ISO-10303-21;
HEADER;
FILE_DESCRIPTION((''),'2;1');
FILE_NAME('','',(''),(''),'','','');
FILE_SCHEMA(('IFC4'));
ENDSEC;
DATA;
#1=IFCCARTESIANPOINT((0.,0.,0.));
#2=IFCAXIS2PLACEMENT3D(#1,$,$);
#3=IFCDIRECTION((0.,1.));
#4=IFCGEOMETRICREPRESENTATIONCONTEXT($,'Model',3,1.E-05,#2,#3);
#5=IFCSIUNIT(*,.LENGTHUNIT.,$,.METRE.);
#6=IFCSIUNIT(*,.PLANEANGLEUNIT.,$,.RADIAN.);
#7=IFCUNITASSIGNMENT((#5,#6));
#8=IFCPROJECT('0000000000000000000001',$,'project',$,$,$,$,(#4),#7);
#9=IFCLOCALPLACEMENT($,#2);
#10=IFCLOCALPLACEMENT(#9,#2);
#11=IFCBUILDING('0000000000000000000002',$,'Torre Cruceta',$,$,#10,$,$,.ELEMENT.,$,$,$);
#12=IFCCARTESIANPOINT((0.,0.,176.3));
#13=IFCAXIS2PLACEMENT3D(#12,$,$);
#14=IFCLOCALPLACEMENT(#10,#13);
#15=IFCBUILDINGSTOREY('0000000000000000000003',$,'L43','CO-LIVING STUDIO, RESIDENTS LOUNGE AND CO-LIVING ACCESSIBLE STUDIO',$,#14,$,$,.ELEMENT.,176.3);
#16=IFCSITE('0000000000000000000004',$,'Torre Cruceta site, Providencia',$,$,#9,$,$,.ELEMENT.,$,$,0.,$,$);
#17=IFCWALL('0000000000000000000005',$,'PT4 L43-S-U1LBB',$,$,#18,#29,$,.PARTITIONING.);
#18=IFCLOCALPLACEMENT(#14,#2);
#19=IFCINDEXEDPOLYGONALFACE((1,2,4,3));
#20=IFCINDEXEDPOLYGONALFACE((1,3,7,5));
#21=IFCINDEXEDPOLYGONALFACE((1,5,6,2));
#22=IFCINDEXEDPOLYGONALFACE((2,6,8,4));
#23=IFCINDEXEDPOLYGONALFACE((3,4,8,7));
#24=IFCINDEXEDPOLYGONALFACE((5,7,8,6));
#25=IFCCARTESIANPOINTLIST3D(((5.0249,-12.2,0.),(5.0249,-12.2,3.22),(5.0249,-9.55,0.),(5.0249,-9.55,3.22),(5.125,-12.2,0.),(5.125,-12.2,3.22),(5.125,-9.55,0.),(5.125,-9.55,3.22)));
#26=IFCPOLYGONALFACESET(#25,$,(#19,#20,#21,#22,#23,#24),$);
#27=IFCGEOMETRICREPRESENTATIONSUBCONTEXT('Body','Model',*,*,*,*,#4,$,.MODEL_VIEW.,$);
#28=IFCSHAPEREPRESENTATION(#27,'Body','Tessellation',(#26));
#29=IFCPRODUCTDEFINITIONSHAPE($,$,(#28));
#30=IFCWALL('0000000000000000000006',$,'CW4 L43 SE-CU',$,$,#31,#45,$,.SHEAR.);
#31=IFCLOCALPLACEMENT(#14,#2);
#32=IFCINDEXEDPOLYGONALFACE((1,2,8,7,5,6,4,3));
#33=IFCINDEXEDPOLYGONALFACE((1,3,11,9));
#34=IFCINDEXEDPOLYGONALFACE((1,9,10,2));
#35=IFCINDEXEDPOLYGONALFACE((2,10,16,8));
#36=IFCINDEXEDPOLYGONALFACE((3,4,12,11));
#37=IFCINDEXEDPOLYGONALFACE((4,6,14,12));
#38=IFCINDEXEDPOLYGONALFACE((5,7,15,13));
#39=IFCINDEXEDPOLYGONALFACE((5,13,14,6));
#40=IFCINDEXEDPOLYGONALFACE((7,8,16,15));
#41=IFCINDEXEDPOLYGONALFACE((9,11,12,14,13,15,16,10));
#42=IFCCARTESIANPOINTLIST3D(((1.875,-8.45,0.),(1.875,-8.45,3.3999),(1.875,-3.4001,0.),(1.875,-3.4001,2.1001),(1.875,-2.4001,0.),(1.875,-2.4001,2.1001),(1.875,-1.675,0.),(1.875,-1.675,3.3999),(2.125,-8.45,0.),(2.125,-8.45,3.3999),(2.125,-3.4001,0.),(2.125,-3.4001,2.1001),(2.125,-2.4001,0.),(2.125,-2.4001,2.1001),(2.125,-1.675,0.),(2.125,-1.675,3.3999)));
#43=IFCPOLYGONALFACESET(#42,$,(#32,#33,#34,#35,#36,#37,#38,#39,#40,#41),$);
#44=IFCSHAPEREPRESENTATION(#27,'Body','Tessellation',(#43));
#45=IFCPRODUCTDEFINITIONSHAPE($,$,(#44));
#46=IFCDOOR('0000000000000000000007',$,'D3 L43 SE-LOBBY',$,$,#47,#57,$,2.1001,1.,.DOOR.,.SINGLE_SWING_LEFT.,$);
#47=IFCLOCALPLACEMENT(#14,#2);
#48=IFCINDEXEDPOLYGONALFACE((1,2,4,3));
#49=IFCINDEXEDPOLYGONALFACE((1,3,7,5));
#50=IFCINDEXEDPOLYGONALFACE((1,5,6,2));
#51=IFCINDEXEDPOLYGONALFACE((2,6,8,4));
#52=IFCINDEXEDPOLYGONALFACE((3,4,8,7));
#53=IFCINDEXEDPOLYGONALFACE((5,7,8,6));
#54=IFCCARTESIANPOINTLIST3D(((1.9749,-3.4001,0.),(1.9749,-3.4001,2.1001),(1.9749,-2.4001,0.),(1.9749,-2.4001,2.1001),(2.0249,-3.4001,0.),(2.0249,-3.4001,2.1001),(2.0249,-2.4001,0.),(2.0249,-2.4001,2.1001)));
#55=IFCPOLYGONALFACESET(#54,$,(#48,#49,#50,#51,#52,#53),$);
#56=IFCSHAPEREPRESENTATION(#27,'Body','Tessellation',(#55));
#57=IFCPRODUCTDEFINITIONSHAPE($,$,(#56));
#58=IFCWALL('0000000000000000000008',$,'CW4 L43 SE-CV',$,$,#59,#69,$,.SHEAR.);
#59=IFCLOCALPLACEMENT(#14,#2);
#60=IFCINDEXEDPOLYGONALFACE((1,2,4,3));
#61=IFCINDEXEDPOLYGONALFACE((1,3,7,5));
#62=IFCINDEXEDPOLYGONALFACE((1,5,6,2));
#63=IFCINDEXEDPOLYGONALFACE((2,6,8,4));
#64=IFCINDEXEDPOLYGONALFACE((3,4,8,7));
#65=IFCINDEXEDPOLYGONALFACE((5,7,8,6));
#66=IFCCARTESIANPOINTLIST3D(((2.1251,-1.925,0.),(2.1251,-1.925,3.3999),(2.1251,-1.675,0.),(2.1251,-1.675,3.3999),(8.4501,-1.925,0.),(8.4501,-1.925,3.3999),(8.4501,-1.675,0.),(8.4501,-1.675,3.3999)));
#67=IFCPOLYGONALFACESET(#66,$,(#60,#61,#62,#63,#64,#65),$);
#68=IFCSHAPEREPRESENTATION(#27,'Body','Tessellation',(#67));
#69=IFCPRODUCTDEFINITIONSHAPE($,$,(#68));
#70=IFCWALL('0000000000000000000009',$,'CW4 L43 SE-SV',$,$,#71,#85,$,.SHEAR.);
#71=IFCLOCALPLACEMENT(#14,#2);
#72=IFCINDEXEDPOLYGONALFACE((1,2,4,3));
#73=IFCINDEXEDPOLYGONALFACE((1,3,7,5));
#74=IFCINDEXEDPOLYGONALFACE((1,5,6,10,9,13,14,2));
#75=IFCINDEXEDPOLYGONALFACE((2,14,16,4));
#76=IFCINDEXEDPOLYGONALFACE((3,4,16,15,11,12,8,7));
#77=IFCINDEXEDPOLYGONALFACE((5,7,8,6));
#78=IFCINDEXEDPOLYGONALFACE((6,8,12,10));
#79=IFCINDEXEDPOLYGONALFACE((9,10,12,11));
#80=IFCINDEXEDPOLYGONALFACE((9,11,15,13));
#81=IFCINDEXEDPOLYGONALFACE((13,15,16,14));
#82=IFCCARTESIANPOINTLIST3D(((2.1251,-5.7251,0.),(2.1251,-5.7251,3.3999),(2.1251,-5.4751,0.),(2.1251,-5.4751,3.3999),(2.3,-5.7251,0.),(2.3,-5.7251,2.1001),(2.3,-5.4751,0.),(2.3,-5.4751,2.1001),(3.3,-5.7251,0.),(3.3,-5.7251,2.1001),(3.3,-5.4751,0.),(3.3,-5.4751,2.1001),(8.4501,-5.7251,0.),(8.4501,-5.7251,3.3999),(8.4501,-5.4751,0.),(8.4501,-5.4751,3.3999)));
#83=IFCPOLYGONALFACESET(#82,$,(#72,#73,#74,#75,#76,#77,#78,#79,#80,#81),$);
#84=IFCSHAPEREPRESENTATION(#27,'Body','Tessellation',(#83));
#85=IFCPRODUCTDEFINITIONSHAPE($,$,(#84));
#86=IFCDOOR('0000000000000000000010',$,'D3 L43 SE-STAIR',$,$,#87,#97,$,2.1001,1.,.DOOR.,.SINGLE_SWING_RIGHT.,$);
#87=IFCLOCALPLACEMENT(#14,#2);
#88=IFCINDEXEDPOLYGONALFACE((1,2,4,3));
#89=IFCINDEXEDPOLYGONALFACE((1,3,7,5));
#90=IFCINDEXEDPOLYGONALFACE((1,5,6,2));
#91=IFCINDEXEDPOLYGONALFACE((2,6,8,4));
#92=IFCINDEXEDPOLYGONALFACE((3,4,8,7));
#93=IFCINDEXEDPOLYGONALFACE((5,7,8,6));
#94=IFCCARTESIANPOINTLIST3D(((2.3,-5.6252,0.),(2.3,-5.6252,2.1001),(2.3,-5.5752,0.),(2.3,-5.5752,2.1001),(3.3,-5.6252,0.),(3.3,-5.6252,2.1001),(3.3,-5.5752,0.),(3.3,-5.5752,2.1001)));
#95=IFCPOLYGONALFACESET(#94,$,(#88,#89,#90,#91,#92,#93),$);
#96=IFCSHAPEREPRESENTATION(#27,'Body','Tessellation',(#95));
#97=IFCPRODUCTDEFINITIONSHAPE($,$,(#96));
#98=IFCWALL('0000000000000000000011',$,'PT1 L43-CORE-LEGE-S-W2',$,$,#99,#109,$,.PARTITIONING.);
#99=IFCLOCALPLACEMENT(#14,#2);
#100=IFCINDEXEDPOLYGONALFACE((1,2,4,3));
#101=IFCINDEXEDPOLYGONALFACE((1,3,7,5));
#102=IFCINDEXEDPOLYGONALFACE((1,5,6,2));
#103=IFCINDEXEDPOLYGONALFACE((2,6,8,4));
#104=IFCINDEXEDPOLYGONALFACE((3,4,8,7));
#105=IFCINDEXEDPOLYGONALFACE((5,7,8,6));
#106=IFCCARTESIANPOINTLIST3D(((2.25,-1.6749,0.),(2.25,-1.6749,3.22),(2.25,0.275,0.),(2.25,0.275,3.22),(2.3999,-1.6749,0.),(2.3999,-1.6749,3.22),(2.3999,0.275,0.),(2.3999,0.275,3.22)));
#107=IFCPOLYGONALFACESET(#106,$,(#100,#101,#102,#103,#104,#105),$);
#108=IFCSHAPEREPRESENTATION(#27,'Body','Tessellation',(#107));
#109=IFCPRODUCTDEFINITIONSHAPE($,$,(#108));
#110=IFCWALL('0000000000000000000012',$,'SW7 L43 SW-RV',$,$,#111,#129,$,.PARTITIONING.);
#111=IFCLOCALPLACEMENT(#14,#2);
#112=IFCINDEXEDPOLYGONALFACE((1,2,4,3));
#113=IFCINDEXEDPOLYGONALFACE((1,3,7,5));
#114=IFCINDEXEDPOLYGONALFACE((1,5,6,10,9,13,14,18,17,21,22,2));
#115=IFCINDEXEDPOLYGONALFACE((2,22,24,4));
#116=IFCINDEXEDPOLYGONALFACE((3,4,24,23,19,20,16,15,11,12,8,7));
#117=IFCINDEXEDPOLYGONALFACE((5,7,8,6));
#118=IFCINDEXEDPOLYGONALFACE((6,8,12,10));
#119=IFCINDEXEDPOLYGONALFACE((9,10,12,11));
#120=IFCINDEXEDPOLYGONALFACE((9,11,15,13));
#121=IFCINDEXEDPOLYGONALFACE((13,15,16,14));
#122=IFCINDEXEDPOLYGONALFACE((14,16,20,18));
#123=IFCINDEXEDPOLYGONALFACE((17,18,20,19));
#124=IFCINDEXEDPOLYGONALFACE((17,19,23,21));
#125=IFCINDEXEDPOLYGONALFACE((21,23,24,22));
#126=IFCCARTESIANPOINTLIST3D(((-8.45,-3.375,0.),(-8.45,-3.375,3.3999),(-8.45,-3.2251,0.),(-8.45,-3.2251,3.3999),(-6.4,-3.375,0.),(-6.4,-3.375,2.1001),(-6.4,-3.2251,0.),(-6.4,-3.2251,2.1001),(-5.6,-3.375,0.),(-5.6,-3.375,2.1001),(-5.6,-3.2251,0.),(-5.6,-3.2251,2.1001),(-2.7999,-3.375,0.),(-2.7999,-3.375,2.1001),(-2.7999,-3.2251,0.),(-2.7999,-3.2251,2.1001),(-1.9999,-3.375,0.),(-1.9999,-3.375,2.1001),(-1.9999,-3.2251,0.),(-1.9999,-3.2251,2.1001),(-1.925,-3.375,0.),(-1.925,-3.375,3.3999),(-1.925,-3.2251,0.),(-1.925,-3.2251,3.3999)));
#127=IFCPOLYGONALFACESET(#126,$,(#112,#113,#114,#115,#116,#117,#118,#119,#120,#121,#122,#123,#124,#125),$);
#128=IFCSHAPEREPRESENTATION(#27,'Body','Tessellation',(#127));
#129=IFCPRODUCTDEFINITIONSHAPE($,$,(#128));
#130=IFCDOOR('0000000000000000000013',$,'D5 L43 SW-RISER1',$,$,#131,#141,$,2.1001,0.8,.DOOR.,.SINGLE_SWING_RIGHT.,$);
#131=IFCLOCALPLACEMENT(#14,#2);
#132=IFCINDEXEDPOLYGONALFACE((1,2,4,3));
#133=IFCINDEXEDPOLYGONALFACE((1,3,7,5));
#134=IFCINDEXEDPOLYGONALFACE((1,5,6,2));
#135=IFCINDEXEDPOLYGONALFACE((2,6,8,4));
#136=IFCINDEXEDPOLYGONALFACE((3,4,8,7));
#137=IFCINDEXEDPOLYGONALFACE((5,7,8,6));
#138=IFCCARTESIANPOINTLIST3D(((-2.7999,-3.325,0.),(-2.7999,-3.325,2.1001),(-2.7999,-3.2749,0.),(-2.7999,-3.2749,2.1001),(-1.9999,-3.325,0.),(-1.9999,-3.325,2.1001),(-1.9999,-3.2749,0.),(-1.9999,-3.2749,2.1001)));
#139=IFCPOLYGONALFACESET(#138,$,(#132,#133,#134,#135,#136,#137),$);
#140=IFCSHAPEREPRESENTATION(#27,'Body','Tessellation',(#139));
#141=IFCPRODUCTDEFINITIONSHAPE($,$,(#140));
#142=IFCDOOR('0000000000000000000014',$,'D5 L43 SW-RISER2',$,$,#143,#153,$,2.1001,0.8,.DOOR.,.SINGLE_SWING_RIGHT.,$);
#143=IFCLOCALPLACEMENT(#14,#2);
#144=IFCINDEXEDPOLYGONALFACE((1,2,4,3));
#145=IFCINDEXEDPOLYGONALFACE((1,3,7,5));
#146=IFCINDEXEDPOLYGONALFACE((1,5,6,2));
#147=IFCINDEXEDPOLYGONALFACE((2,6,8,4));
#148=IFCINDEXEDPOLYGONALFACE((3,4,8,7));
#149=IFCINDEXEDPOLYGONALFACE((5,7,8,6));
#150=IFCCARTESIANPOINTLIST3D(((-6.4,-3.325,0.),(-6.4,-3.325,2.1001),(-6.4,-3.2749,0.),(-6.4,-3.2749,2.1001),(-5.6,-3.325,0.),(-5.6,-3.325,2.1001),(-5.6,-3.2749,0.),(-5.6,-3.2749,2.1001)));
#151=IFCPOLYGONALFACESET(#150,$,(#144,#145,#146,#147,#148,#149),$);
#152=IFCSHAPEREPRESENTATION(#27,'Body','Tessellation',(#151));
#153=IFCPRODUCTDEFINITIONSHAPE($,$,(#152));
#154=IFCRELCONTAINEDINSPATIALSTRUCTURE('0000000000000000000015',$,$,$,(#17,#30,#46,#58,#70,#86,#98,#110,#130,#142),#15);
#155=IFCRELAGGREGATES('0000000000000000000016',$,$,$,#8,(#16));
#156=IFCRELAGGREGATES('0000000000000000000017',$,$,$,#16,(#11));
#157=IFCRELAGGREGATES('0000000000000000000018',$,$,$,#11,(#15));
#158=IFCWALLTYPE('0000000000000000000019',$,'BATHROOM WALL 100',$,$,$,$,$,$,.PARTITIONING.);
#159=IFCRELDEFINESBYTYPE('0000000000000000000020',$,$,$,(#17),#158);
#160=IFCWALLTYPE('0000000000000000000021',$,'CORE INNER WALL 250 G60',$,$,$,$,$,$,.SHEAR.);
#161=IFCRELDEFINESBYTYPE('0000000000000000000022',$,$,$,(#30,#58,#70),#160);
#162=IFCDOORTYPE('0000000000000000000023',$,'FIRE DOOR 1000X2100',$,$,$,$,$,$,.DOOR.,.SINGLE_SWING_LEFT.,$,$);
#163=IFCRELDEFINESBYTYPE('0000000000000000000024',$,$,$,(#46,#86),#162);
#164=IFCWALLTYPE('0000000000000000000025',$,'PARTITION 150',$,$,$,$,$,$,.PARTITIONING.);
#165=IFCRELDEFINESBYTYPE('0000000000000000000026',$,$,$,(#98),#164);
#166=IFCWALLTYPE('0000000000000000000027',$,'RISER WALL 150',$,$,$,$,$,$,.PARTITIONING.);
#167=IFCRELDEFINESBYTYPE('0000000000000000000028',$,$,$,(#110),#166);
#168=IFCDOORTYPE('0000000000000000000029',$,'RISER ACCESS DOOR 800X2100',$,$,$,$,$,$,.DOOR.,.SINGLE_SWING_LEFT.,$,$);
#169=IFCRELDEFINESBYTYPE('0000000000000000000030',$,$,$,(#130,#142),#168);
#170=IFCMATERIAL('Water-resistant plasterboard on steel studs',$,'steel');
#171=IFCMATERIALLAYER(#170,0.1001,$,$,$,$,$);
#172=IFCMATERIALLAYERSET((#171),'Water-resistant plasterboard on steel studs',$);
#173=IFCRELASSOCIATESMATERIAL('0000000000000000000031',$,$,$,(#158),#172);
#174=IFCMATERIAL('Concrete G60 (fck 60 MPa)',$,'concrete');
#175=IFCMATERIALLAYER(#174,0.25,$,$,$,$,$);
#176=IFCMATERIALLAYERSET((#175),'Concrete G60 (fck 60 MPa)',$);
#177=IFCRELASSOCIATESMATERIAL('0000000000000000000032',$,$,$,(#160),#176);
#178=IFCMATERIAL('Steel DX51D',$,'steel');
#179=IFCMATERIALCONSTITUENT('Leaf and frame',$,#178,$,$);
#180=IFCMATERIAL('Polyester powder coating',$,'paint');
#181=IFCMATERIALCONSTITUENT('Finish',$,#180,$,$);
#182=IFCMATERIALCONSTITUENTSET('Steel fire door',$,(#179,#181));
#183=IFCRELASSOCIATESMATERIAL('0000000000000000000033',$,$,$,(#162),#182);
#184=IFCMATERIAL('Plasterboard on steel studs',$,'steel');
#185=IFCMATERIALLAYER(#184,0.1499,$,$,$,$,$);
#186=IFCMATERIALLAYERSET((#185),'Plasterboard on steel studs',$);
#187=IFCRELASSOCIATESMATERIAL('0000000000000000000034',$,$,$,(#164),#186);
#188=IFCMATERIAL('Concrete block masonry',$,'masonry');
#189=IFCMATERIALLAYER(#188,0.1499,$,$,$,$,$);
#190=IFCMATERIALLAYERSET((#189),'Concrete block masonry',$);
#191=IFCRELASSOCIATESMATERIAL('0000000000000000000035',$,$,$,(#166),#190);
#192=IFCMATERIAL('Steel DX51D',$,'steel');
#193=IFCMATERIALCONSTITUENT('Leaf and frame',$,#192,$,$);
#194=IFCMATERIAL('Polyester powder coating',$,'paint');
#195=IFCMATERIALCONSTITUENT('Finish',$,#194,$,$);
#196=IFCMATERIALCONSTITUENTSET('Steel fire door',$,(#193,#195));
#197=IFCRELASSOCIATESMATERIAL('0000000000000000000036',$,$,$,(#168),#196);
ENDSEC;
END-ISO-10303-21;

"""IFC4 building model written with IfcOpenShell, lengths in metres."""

from ifc_helpers import new_model, si_unit, direction, frame, frame_2d, origin, place, context, subcontext, project, spatial, rectangle, extrude, material, layer, layer_set, constituent, constituent_set, type_object, element, fill, save


model = new_model("IFC4")

# Units and contexts
model_context = context("Model", 3, precision=1e-05, world=origin(), true_north=direction((0.0, 1.0)))
body_context = subcontext(model_context, "Body", "Model", "MODEL_VIEW")
ifc_project = project(units=[si_unit("LENGTHUNIT", "METRE"), si_unit("PLANEANGLEUNIT", "RADIAN")], contexts=[model_context])

# Site, building, storey
site_placement = place(None, origin())
site = spatial("IfcSite", under=ifc_project, at=site_placement, Name="Torre Cruceta site, Providencia", CompositionType="ELEMENT", RefElevation=0.0)
building_placement = place(site_placement, origin())
building = spatial("IfcBuilding", under=site, at=building_placement, Name="Torre Cruceta", CompositionType="ELEMENT")
storey_placement = place(building_placement, frame((0.0, 0.0, 176.3)))
storey = spatial("IfcBuildingStorey", under=building, at=storey_placement, Name="L43", Description="CO-LIVING STUDIO, RESIDENTS LOUNGE AND CO-LIVING ACCESSIBLE STUDIO", CompositionType="ELEMENT", Elevation=176.3)

# Wall
ifc_material_1 = material(Name="Water-resistant plasterboard on steel studs", Category="steel")
ifc_layer_1 = layer(ifc_material_1, 0.1001)
ifc_layer_set_1 = layer_set([ifc_layer_1], Name="Water-resistant plasterboard on steel studs")
wall_type_1 = type_object("IfcWallType", Name="BATHROOM WALL 100", PredefinedType="PARTITIONING", material=ifc_layer_set_1)
wall_1_placement = place(storey_placement, frame((5.075, -9.55, 0.0), z_axis=(0.0, 0.0, 1.0), x_axis=(0.0, -1.0, 0.0)))
element("IfcWall", 1, at=wall_1_placement, inside=storey, type_object=wall_type_1, Name="PT4 L43-S-U1LBB", PredefinedType="PARTITIONING", context=body_context, shape_type="SweptSolid", body=[
    extrude(rectangle(XDim=2.6499, YDim=0.1001, at=frame_2d((1.325, 0.0))), origin(), (0.0, 0.0, 1.0), 3.22),
])

# Wall, opening, door
ifc_material_2 = material(Name="Concrete G60 (fck 60 MPa)", Category="concrete")
ifc_layer_2 = layer(ifc_material_2, 0.25)
ifc_layer_set_2 = layer_set([ifc_layer_2], Name="Concrete G60 (fck 60 MPa)")
wall_type_2 = type_object("IfcWallType", Name="CORE INNER WALL 250 G60", PredefinedType="SHEAR", material=ifc_layer_set_2)
wall_2_placement = place(storey_placement, frame((2.0, -1.675, 0.0), z_axis=(0.0, 0.0, 1.0), x_axis=(0.0, -1.0, 0.0)))
wall_2 = element("IfcWall", 2, at=wall_2_placement, inside=storey, type_object=wall_type_2, Name="CW4 L43 SE-CU", PredefinedType="SHEAR", context=body_context, shape_type="SweptSolid", body=[
    extrude(rectangle(XDim=6.7749, YDim=0.25, at=frame_2d((3.3875, 0.0))), origin(), (0.0, 0.0, 1.0), 3.3999),
])
opening_1_placement = place(wall_2_placement, frame((0.7251, 0.0, 0.0)))
opening_1 = element("IfcOpeningElement", 3, at=opening_1_placement, cuts=wall_2, PredefinedType="OPENING", context=body_context, shape_type="SweptSolid", body=[
    extrude(rectangle(XDim=1.0, YDim=2.1001, at=frame_2d((0.5, 1.05))), frame((0.0, 0.135, 0.0), z_axis=(0.0, -1.0, 0.0), x_axis=(1.0, 0.0, 0.0)), (0.0, 0.0, 1.0), 0.27),
])
ifc_material_3 = material(Name="Steel DX51D", Category="steel")
ifc_constituent_1 = constituent(ifc_material_3, Name="Leaf and frame")
ifc_material_4 = material(Name="Polyester powder coating", Category="paint")
ifc_constituent_2 = constituent(ifc_material_4, Name="Finish")
ifc_constituent_set_1 = constituent_set(constituents=[ifc_constituent_1, ifc_constituent_2], Name="Steel fire door")
door_type_1 = type_object("IfcDoorType", Name="FIRE DOOR 1000X2100", OperationType="SINGLE_SWING_LEFT", PredefinedType="DOOR", material=ifc_constituent_set_1)
door_1_placement = place(opening_1_placement, origin())
door_1 = element("IfcDoor", 4, at=door_1_placement, inside=storey, type_object=door_type_1, Name="D3 L43 SE-LOBBY", OperationType="SINGLE_SWING_LEFT", OverallHeight=2.1001, OverallWidth=1.0, PredefinedType="DOOR", context=body_context, shape_type="SweptSolid", body=[
    extrude(rectangle(XDim=1.0, YDim=2.1001, at=frame_2d((0.5, 1.05))), frame((0.0, 0.0249, 0.0), z_axis=(0.0, -1.0, 0.0), x_axis=(1.0, 0.0, 0.0)), (0.0, 0.0, 1.0), 0.05),
])
fill(opening_1, door_1)

# Wall
wall_3_placement = place(storey_placement, frame((2.125, -1.8, 0.0), z_axis=(0.0, 0.0, 1.0), x_axis=(1.0, 0.0, 0.0)))
element("IfcWall", 5, at=wall_3_placement, inside=storey, type_object=wall_type_2, Name="CW4 L43 SE-CV", PredefinedType="SHEAR", context=body_context, shape_type="SweptSolid", body=[
    extrude(rectangle(XDim=6.325, YDim=0.25, at=frame_2d((3.1626, 0.0))), origin(), (0.0, 0.0, 1.0), 3.3999),
])

# Wall, opening, door
wall_4_placement = place(storey_placement, frame((2.125, -5.6001, 0.0), z_axis=(0.0, 0.0, 1.0), x_axis=(1.0, 0.0, 0.0)))
wall_4 = element("IfcWall", 6, at=wall_4_placement, inside=storey, type_object=wall_type_2, Name="CW4 L43 SE-SV", PredefinedType="SHEAR", context=body_context, shape_type="SweptSolid", body=[
    extrude(rectangle(XDim=6.325, YDim=0.25, at=frame_2d((3.1626, 0.0))), origin(), (0.0, 0.0, 1.0), 3.3999),
])
opening_2_placement = place(wall_4_placement, frame((0.175, 0.0, 0.0)))
opening_2 = element("IfcOpeningElement", 7, at=opening_2_placement, cuts=wall_4, PredefinedType="OPENING", context=body_context, shape_type="SweptSolid", body=[
    extrude(rectangle(XDim=1.0, YDim=2.1001, at=frame_2d((0.5, 1.05))), frame((0.0, 0.135, 0.0), z_axis=(0.0, -1.0, 0.0), x_axis=(1.0, 0.0, 0.0)), (0.0, 0.0, 1.0), 0.27),
])
door_2_placement = place(opening_2_placement, frame((1.0, 0.0, 0.0), z_axis=(0.0, 0.0, 1.0), x_axis=(-1.0, 0.0, 0.0)))
door_2 = element("IfcDoor", 8, at=door_2_placement, inside=storey, type_object=door_type_1, Name="D3 L43 SE-STAIR", OperationType="SINGLE_SWING_RIGHT", OverallHeight=2.1001, OverallWidth=1.0, PredefinedType="DOOR", context=body_context, shape_type="SweptSolid", body=[
    extrude(rectangle(XDim=1.0, YDim=2.1001, at=frame_2d((0.5, 1.05))), frame((0.0, 0.0251, 0.0), z_axis=(0.0, -1.0, 0.0), x_axis=(1.0, 0.0, 0.0)), (0.0, 0.0, 1.0), 0.05),
])
fill(opening_2, door_2)

# Wall
ifc_material_5 = material(Name="Plasterboard on steel studs", Category="steel")
ifc_layer_3 = layer(ifc_material_5, 0.1499)
ifc_layer_set_3 = layer_set([ifc_layer_3], Name="Plasterboard on steel studs")
wall_type_3 = type_object("IfcWallType", Name="PARTITION 150", PredefinedType="PARTITIONING", material=ifc_layer_set_3)
wall_5_placement = place(storey_placement, frame((2.325, -1.675, 0.0), z_axis=(0.0, 0.0, 1.0), x_axis=(0.0, 1.0, 0.0)))
element("IfcWall", 9, at=wall_5_placement, inside=storey, type_object=wall_type_3, Name="PT1 L43-CORE-LEGE-S-W2", PredefinedType="PARTITIONING", context=body_context, shape_type="SweptSolid", body=[
    extrude(rectangle(XDim=1.95, YDim=0.1499, at=frame_2d((0.9751, 0.0))), origin(), (0.0, 0.0, 1.0), 3.22),
])

# Wall, openings, doors
ifc_material_6 = material(Name="Concrete block masonry", Category="masonry")
ifc_layer_4 = layer(ifc_material_6, 0.1499)
ifc_layer_set_4 = layer_set([ifc_layer_4], Name="Concrete block masonry")
wall_type_4 = type_object("IfcWallType", Name="RISER WALL 150", PredefinedType="PARTITIONING", material=ifc_layer_set_4)
wall_6_placement = place(storey_placement, frame((-1.925, -3.3, 0.0), z_axis=(0.0, 0.0, 1.0), x_axis=(-1.0, 0.0, 0.0)))
wall_6 = element("IfcWall", 10, at=wall_6_placement, inside=storey, type_object=wall_type_4, Name="SW7 L43 SW-RV", PredefinedType="PARTITIONING", context=body_context, shape_type="SweptSolid", body=[
    extrude(rectangle(XDim=6.5249, YDim=0.1499, at=frame_2d((3.2625, 0.0))), origin(), (0.0, 0.0, 1.0), 3.3999),
])
opening_3_placement = place(wall_6_placement, frame((0.075, 0.0, 0.0)))
opening_3 = element("IfcOpeningElement", 11, at=opening_3_placement, cuts=wall_6, PredefinedType="OPENING", context=body_context, shape_type="SweptSolid", body=[
    extrude(rectangle(XDim=0.8, YDim=2.1001, at=frame_2d((0.3999, 1.05))), frame((0.0, 0.085, 0.0), z_axis=(0.0, -1.0, 0.0), x_axis=(1.0, 0.0, 0.0)), (0.0, 0.0, 1.0), 0.1699),
])
opening_4_placement = place(wall_6_placement, frame((3.675, 0.0, 0.0)))
opening_4 = element("IfcOpeningElement", 12, at=opening_4_placement, cuts=wall_6, PredefinedType="OPENING", context=body_context, shape_type="SweptSolid", body=[
    extrude(rectangle(XDim=0.8, YDim=2.1001, at=frame_2d((0.3999, 1.05))), frame((0.0, 0.085, 0.0), z_axis=(0.0, -1.0, 0.0), x_axis=(1.0, 0.0, 0.0)), (0.0, 0.0, 1.0), 0.1699),
])
ifc_material_7 = material(Name="Steel DX51D", Category="steel")
ifc_constituent_3 = constituent(ifc_material_7, Name="Leaf and frame")
ifc_material_8 = material(Name="Polyester powder coating", Category="paint")
ifc_constituent_4 = constituent(ifc_material_8, Name="Finish")
ifc_constituent_set_2 = constituent_set(constituents=[ifc_constituent_3, ifc_constituent_4], Name="Steel fire door")
door_type_2 = type_object("IfcDoorType", Name="RISER ACCESS DOOR 800X2100", OperationType="SINGLE_SWING_LEFT", PredefinedType="DOOR", material=ifc_constituent_set_2)
door_3_placement = place(opening_3_placement, frame((0.8, 0.0, 0.0), z_axis=(0.0, 0.0, 1.0), x_axis=(-1.0, 0.0, 0.0)))
door_3 = element("IfcDoor", 13, at=door_3_placement, inside=storey, type_object=door_type_2, Name="D5 L43 SW-RISER1", OperationType="SINGLE_SWING_RIGHT", OverallHeight=2.1001, OverallWidth=0.8, PredefinedType="DOOR", context=body_context, shape_type="SweptSolid", body=[
    extrude(rectangle(XDim=0.8, YDim=2.1001, at=frame_2d((0.4001, 1.05))), frame((0.0, 0.0251, 0.0), z_axis=(0.0, -1.0, 0.0), x_axis=(1.0, 0.0, 0.0)), (0.0, 0.0, 1.0), 0.05),
])
fill(opening_3, door_3)
door_4_placement = place(opening_4_placement, frame((0.8, 0.0, 0.0), z_axis=(0.0, 0.0, 1.0), x_axis=(-1.0, 0.0, 0.0)))
door_4 = element("IfcDoor", 14, at=door_4_placement, inside=storey, type_object=door_type_2, Name="D5 L43 SW-RISER2", OperationType="SINGLE_SWING_RIGHT", OverallHeight=2.1001, OverallWidth=0.8, PredefinedType="DOOR", context=body_context, shape_type="SweptSolid", body=[
    extrude(rectangle(XDim=0.8, YDim=2.1001, at=frame_2d((0.4001, 1.05))), frame((0.0, 0.0251, 0.0), z_axis=(0.0, -1.0, 0.0), x_axis=(1.0, 0.0, 0.0)), (0.0, 0.0, 1.0), 0.05),
])
fill(opening_4, door_4)

save(model, "model.ifc")
